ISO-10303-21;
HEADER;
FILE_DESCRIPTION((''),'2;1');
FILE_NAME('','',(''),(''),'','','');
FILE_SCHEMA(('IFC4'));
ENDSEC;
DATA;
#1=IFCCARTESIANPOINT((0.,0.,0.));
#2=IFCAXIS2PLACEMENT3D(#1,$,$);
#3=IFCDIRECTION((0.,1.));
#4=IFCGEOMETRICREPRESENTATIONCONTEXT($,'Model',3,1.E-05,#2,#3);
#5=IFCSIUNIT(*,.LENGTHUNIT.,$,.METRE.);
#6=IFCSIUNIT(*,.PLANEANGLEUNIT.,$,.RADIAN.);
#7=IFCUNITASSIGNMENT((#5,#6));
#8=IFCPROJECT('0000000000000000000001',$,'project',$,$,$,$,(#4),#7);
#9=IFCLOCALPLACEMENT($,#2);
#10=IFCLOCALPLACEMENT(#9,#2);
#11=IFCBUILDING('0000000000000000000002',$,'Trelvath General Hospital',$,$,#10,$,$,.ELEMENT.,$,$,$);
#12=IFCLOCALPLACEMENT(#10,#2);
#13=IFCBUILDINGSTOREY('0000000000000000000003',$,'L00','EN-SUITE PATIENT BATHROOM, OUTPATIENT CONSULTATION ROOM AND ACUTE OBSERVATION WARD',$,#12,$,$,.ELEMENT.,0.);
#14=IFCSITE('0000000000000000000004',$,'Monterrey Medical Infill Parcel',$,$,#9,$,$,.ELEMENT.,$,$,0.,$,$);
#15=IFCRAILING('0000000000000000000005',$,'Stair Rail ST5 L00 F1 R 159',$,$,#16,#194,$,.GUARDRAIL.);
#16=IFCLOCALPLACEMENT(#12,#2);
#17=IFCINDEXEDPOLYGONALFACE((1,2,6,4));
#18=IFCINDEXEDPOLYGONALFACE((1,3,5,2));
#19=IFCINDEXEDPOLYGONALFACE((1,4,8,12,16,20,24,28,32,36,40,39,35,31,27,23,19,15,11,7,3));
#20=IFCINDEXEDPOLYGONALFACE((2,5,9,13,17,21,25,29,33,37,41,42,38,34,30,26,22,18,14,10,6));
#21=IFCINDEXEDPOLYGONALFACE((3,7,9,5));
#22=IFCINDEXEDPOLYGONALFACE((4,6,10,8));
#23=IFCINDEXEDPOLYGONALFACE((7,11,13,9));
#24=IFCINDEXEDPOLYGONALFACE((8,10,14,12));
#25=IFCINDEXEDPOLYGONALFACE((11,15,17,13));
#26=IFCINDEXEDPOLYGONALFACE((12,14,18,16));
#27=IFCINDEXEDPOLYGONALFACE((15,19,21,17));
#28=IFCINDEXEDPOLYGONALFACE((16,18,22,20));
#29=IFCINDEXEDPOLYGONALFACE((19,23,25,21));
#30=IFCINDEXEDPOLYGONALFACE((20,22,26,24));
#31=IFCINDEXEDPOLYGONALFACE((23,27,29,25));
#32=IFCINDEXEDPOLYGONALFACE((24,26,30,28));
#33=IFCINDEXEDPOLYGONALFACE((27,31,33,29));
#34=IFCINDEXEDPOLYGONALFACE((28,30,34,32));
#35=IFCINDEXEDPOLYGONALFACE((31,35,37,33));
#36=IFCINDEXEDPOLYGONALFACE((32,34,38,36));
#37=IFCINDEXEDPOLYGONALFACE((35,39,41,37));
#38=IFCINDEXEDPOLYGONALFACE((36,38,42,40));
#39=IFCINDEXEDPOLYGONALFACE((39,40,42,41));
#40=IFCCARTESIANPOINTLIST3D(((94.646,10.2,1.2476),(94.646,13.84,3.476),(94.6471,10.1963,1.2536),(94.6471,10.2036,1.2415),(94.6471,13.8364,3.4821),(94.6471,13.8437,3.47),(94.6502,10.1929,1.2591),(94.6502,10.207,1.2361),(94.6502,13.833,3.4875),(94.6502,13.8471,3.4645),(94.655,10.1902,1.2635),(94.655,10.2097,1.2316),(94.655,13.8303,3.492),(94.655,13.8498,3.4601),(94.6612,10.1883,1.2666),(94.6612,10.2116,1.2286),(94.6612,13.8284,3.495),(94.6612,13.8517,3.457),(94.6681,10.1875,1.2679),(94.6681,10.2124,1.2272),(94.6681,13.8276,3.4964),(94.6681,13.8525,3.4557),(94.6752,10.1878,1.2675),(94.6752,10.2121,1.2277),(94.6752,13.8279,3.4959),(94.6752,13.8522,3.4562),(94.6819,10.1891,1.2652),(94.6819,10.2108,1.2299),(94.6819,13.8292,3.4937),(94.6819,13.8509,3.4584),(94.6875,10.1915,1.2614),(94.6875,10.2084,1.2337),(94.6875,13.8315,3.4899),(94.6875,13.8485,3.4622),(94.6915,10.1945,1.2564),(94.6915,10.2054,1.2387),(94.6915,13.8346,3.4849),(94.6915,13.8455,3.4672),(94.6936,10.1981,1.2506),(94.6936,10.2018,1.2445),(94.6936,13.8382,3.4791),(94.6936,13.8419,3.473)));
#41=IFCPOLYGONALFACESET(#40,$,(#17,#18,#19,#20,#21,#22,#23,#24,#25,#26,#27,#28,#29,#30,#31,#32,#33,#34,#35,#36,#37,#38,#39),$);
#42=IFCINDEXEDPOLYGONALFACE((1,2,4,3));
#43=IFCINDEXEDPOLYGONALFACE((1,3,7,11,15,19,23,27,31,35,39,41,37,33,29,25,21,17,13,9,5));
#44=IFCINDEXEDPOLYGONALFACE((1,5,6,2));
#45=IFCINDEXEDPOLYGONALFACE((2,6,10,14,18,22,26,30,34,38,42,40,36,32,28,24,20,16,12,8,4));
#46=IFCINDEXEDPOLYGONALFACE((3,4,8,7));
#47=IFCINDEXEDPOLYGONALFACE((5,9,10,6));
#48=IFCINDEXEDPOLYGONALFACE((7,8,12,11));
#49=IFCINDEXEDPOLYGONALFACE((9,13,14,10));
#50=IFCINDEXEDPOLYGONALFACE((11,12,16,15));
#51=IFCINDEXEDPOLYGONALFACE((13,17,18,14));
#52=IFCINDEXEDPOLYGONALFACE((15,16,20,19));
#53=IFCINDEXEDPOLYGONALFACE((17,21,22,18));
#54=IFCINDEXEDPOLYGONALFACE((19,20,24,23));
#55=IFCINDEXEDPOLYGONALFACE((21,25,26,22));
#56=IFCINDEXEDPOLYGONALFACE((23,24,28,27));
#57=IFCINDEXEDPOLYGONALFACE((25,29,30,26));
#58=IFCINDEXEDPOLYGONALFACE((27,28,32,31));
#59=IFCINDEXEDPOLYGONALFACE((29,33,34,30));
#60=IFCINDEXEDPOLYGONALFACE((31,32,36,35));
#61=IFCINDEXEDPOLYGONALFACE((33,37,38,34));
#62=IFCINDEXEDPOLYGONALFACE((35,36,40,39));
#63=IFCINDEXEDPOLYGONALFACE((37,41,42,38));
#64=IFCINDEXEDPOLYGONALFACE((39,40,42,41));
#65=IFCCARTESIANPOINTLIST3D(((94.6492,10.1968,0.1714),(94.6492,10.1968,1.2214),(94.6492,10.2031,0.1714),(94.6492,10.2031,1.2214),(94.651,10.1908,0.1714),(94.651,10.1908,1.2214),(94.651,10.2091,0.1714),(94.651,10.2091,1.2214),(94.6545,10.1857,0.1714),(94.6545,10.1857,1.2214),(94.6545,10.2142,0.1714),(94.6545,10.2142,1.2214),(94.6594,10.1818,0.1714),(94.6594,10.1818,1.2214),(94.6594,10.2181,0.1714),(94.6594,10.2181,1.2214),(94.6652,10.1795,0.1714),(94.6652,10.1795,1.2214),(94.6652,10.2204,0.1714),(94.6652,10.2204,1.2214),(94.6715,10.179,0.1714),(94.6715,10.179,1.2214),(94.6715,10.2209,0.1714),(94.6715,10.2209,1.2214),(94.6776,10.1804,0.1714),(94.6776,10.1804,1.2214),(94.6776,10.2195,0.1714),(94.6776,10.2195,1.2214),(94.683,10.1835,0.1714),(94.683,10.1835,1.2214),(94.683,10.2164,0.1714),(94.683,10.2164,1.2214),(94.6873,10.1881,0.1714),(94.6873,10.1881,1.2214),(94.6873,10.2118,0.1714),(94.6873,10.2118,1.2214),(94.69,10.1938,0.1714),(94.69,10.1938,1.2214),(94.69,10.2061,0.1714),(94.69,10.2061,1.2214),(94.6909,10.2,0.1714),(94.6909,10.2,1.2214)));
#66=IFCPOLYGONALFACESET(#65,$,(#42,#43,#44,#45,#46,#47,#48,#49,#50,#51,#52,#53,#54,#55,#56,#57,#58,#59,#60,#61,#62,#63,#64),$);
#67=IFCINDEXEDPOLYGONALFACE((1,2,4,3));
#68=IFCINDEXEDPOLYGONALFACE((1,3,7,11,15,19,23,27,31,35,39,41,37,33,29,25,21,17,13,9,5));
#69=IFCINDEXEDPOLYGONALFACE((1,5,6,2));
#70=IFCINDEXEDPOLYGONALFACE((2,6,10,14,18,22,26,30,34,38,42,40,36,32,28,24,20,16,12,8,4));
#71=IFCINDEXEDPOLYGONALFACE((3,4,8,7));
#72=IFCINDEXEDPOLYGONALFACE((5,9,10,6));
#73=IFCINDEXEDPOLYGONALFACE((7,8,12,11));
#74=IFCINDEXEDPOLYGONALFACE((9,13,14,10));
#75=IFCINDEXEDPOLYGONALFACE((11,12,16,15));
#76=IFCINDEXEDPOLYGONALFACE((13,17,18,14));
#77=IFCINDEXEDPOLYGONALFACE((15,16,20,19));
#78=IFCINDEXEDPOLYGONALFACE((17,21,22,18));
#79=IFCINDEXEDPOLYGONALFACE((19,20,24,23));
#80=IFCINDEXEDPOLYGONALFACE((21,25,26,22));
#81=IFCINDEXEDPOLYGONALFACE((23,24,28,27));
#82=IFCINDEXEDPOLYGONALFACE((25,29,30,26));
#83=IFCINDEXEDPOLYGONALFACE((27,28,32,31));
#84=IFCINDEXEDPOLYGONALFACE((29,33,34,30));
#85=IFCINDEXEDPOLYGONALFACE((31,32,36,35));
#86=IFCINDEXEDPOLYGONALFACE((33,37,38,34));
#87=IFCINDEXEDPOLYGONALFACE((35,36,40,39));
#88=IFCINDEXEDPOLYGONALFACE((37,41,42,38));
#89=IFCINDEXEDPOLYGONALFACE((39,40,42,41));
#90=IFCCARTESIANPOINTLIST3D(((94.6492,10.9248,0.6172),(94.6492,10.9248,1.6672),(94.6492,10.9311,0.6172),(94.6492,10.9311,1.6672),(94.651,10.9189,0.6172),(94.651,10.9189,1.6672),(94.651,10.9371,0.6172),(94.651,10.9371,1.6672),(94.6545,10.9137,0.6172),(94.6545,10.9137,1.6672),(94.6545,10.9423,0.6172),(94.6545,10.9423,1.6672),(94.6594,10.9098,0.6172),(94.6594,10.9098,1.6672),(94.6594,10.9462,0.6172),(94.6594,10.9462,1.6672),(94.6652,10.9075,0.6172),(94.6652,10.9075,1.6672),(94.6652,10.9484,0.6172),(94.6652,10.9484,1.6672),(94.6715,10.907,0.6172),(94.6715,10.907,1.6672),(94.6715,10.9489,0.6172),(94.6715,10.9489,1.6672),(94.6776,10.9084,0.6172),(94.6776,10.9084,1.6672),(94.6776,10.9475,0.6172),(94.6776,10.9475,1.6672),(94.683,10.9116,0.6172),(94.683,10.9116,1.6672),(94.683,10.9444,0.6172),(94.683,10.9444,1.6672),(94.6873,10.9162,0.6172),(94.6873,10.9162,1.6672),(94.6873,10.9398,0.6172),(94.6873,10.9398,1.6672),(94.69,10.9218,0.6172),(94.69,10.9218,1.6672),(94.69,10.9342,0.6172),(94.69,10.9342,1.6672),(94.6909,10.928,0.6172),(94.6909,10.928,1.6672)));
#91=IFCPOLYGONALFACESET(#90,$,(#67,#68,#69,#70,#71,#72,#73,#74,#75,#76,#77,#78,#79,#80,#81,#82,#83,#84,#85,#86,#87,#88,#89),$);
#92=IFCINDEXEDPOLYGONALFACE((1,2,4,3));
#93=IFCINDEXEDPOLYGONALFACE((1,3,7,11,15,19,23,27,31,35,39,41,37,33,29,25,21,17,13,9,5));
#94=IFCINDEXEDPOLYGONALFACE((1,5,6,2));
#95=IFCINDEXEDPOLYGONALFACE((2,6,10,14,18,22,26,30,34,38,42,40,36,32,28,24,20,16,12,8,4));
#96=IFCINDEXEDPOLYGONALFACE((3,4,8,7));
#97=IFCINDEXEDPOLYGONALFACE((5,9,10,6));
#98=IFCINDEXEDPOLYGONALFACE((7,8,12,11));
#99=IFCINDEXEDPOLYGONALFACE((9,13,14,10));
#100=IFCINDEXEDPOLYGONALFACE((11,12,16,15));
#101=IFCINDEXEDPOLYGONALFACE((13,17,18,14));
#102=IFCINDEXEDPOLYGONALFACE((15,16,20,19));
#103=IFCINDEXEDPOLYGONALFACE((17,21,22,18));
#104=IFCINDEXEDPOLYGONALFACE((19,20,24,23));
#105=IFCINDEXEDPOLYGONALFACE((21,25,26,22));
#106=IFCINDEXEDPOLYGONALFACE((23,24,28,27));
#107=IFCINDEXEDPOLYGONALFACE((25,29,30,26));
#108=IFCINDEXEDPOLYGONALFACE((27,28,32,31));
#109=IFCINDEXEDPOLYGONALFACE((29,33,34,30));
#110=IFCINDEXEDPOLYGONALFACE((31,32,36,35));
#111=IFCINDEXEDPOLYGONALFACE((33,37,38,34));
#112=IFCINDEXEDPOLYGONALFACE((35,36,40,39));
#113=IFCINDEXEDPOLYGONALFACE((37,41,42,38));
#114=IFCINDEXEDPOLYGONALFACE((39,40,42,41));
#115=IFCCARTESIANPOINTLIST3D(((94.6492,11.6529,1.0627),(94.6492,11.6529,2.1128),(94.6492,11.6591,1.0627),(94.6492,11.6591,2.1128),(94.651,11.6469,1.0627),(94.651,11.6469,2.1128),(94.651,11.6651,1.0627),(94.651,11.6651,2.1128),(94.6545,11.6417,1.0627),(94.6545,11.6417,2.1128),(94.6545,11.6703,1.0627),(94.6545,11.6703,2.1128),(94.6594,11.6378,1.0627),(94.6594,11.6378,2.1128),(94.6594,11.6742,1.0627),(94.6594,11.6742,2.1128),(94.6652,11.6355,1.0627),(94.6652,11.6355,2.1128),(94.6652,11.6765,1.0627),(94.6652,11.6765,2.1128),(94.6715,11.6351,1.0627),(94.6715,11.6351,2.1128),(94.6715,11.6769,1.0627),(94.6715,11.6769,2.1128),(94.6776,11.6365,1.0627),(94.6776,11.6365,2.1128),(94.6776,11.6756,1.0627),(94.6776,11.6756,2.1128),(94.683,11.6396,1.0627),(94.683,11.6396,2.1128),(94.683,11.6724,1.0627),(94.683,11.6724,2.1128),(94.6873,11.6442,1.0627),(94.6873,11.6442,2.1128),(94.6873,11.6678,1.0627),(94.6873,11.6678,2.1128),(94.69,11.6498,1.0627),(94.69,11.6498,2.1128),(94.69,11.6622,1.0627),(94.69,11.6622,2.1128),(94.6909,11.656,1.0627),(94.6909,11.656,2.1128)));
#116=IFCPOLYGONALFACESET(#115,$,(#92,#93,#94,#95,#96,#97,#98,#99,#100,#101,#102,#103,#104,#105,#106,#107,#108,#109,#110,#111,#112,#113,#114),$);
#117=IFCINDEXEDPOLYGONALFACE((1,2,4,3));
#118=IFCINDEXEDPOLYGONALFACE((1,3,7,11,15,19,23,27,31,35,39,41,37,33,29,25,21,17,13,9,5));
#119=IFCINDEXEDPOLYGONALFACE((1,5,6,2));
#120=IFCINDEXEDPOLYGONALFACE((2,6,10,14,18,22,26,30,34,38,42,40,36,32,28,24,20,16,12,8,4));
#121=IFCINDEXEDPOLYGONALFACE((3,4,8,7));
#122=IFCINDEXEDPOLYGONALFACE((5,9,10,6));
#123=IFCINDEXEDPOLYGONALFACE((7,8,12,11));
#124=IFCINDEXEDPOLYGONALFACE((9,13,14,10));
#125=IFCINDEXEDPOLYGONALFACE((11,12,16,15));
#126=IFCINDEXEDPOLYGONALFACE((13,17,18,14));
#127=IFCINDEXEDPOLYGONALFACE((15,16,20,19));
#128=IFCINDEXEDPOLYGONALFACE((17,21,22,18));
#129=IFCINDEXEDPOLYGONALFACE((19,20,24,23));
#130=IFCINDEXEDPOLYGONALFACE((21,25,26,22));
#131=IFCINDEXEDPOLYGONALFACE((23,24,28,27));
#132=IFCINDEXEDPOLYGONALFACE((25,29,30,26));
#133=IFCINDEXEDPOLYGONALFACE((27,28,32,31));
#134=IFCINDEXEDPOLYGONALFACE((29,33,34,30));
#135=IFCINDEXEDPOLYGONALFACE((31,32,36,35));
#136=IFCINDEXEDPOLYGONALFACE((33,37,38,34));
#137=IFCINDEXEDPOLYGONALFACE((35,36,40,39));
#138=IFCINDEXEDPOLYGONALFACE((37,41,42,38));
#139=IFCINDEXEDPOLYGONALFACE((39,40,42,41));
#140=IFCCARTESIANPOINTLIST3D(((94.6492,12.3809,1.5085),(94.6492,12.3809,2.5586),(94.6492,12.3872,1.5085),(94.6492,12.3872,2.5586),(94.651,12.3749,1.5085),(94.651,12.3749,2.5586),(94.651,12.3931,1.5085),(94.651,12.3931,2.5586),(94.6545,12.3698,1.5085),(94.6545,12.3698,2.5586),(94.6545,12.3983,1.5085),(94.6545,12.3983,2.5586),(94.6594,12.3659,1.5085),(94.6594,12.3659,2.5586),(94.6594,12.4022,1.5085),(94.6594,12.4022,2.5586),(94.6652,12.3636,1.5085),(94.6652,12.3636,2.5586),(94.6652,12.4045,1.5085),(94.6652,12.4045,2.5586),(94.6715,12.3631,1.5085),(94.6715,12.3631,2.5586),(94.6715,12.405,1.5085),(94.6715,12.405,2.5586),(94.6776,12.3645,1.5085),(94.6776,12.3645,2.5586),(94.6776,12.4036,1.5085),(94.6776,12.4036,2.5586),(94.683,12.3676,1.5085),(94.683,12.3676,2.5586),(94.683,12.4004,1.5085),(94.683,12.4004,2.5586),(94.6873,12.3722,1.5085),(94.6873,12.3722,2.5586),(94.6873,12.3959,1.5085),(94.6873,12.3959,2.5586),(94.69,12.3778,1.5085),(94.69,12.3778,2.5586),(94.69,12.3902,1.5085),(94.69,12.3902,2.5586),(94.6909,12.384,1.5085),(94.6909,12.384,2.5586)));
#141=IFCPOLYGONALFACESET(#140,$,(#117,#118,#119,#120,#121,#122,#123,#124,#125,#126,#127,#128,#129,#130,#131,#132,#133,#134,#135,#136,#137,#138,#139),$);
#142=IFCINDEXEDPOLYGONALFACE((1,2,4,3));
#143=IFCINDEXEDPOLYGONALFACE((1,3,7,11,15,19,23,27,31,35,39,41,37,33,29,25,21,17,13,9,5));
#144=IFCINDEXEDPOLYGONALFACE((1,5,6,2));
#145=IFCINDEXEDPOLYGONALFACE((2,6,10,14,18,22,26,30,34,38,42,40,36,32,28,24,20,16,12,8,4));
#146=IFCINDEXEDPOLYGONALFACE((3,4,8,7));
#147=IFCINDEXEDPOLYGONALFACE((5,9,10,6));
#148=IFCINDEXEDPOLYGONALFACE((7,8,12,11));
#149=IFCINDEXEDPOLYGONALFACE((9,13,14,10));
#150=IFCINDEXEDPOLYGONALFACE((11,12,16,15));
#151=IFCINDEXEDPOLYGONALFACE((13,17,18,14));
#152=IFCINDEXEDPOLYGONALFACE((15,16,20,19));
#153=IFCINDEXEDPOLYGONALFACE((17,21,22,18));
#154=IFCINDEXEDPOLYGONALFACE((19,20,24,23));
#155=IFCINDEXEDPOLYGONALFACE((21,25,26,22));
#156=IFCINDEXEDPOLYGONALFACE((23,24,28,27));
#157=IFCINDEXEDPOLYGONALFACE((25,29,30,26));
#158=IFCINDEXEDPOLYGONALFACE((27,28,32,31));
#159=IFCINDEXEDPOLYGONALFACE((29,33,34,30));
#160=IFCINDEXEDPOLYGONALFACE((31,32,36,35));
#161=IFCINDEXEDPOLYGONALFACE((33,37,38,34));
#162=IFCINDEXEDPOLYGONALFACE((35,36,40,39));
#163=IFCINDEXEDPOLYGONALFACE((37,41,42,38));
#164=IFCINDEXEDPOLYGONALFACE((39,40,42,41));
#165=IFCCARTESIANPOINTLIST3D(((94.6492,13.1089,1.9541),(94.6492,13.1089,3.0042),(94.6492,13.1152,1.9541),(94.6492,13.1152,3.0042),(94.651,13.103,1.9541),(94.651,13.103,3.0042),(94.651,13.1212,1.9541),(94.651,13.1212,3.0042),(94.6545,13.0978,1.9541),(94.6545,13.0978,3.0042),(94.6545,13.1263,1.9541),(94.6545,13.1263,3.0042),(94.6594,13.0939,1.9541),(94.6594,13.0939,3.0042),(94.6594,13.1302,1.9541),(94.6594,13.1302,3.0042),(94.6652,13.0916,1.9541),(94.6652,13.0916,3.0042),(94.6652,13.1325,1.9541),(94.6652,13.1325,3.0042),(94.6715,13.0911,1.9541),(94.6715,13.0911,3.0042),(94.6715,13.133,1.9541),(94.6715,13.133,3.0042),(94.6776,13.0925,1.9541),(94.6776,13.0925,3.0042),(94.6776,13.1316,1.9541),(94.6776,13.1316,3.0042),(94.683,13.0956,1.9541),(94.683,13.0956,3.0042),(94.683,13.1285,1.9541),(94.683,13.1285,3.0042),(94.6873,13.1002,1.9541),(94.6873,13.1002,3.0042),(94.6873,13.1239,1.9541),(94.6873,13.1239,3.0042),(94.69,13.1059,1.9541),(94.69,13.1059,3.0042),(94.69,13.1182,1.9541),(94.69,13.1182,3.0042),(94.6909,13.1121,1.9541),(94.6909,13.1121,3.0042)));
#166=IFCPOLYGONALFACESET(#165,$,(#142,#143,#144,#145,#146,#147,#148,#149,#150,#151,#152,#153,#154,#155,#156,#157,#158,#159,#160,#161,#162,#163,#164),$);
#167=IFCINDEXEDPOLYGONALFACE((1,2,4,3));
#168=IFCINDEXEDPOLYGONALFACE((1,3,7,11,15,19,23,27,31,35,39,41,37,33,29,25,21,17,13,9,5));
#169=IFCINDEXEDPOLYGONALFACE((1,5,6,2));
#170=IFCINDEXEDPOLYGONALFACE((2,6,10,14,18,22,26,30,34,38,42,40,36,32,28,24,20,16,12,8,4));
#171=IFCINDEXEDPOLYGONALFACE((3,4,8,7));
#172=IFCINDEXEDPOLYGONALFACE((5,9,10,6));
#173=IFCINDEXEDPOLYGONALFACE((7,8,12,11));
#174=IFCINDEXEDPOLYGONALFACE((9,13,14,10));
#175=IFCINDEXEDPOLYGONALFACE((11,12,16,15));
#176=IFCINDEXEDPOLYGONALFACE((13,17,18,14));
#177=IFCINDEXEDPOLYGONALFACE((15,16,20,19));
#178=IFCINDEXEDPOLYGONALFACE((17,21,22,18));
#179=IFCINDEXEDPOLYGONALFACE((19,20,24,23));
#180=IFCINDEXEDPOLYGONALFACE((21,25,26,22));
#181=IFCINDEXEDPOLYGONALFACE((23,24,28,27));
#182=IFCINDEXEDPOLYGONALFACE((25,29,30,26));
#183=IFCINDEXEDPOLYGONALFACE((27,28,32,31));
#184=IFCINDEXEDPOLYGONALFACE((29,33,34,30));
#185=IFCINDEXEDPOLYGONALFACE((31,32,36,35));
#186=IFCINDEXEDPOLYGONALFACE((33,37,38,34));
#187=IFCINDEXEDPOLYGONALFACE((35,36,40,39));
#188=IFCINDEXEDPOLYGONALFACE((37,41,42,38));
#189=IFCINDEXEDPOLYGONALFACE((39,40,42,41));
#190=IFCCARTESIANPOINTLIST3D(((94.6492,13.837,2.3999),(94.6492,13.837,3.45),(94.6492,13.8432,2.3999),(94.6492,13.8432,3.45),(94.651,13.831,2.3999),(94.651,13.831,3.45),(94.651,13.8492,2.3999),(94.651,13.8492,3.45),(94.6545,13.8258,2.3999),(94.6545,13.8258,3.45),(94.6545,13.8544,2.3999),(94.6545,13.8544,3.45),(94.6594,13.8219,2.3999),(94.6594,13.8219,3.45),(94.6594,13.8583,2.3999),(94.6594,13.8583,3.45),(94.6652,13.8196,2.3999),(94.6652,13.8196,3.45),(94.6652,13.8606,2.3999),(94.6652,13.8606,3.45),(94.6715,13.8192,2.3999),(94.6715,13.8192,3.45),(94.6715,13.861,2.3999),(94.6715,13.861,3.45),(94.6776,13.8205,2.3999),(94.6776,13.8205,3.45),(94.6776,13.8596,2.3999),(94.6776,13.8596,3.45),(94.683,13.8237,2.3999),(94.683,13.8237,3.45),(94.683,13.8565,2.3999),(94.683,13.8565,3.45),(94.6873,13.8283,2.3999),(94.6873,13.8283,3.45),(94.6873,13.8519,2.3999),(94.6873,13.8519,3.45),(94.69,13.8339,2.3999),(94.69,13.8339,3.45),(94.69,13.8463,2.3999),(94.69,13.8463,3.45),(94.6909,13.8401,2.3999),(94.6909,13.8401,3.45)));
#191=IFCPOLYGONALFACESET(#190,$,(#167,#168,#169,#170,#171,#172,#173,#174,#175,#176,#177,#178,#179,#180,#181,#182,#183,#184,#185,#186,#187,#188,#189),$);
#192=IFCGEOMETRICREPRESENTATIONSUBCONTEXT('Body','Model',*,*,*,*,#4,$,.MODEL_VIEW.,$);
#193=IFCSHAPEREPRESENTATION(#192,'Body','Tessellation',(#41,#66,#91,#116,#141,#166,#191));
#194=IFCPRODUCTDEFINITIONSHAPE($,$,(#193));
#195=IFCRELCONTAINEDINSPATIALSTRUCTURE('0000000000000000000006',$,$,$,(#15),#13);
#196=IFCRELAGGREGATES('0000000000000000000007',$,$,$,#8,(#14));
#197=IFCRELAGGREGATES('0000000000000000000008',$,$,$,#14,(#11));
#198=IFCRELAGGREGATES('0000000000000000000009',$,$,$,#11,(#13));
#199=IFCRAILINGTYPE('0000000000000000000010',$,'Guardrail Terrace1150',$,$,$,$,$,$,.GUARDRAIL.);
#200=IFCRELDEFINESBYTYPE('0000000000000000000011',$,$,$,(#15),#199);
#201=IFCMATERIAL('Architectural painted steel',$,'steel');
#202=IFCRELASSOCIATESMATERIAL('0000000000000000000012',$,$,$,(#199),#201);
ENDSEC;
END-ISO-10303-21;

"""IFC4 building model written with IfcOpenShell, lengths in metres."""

from ifc_helpers import new_model, si_unit, direction, frame, origin, origin_2d, place, context, subcontext, project, spatial, circle, extrude, material, type_object, element, save


model = new_model("IFC4")

# Units and contexts
model_context = context("Model", 3, precision=1e-05, world=origin(), true_north=direction((0.0, 1.0)))
body_context = subcontext(model_context, "Body", "Model", "MODEL_VIEW")
ifc_project = project(units=[si_unit("LENGTHUNIT", "METRE"), si_unit("PLANEANGLEUNIT", "RADIAN")], contexts=[model_context])

# Site, building, storey
site_placement = place(None, origin())
site = spatial("IfcSite", under=ifc_project, at=site_placement, Name="Monterrey Medical Infill Parcel", CompositionType="ELEMENT", RefElevation=0.0)
building_placement = place(site_placement, origin())
building = spatial("IfcBuilding", under=site, at=building_placement, Name="Trelvath General Hospital", CompositionType="ELEMENT")
storey_placement = place(building_placement, origin())
storey = spatial("IfcBuildingStorey", under=building, at=storey_placement, Name="L00", Description="EN-SUITE PATIENT BATHROOM, OUTPATIENT CONSULTATION ROOM AND ACUTE OBSERVATION WARD", CompositionType="ELEMENT", Elevation=0.0)

# Railing
ifc_material_1 = material(Name="Architectural painted steel", Category="steel")
railing_type_1 = type_object("IfcRailingType", Name="Guardrail Terrace1150", PredefinedType="GUARDRAIL", material=ifc_material_1)
railing_1_placement = place(storey_placement, frame((94.6699, 10.2, 0.1714)))
element("IfcRailing", 1, at=railing_1_placement, inside=storey, type_object=railing_type_1, Name="Stair Rail ST5 L00 F1 R 159", PredefinedType="GUARDRAIL", context=body_context, shape_type="SweptSolid", body=[
    extrude(circle(Radius=0.0239, at=origin_2d()), frame((0.0, 0.0, 1.0762), z_axis=(0.0, 0.852866, 0.52213), x_axis=(-1.0, 0.0, 0.0)), (0.0, 0.0, 1.0), 4.2681),
    extrude(circle(Radius=0.021, at=origin_2d()), origin(), (0.0, 0.0, 1.0), 1.05),
    extrude(circle(Radius=0.021, at=origin_2d()), frame((0.0, 0.728, 0.4458)), (0.0, 0.0, 1.0), 1.05),
    extrude(circle(Radius=0.021, at=origin_2d()), frame((0.0, 1.4561, 0.8914)), (0.0, 0.0, 1.0), 1.05),
    extrude(circle(Radius=0.021, at=origin_2d()), frame((0.0, 2.1841, 1.3372)), (0.0, 0.0, 1.0), 1.05),
    extrude(circle(Radius=0.021, at=origin_2d()), frame((0.0, 2.9121, 1.7827)), (0.0, 0.0, 1.0), 1.05),
    extrude(circle(Radius=0.021, at=origin_2d()), frame((0.0, 3.6401, 2.2285)), (0.0, 0.0, 1.0), 1.05),
])

save(model, "model.ifc")
